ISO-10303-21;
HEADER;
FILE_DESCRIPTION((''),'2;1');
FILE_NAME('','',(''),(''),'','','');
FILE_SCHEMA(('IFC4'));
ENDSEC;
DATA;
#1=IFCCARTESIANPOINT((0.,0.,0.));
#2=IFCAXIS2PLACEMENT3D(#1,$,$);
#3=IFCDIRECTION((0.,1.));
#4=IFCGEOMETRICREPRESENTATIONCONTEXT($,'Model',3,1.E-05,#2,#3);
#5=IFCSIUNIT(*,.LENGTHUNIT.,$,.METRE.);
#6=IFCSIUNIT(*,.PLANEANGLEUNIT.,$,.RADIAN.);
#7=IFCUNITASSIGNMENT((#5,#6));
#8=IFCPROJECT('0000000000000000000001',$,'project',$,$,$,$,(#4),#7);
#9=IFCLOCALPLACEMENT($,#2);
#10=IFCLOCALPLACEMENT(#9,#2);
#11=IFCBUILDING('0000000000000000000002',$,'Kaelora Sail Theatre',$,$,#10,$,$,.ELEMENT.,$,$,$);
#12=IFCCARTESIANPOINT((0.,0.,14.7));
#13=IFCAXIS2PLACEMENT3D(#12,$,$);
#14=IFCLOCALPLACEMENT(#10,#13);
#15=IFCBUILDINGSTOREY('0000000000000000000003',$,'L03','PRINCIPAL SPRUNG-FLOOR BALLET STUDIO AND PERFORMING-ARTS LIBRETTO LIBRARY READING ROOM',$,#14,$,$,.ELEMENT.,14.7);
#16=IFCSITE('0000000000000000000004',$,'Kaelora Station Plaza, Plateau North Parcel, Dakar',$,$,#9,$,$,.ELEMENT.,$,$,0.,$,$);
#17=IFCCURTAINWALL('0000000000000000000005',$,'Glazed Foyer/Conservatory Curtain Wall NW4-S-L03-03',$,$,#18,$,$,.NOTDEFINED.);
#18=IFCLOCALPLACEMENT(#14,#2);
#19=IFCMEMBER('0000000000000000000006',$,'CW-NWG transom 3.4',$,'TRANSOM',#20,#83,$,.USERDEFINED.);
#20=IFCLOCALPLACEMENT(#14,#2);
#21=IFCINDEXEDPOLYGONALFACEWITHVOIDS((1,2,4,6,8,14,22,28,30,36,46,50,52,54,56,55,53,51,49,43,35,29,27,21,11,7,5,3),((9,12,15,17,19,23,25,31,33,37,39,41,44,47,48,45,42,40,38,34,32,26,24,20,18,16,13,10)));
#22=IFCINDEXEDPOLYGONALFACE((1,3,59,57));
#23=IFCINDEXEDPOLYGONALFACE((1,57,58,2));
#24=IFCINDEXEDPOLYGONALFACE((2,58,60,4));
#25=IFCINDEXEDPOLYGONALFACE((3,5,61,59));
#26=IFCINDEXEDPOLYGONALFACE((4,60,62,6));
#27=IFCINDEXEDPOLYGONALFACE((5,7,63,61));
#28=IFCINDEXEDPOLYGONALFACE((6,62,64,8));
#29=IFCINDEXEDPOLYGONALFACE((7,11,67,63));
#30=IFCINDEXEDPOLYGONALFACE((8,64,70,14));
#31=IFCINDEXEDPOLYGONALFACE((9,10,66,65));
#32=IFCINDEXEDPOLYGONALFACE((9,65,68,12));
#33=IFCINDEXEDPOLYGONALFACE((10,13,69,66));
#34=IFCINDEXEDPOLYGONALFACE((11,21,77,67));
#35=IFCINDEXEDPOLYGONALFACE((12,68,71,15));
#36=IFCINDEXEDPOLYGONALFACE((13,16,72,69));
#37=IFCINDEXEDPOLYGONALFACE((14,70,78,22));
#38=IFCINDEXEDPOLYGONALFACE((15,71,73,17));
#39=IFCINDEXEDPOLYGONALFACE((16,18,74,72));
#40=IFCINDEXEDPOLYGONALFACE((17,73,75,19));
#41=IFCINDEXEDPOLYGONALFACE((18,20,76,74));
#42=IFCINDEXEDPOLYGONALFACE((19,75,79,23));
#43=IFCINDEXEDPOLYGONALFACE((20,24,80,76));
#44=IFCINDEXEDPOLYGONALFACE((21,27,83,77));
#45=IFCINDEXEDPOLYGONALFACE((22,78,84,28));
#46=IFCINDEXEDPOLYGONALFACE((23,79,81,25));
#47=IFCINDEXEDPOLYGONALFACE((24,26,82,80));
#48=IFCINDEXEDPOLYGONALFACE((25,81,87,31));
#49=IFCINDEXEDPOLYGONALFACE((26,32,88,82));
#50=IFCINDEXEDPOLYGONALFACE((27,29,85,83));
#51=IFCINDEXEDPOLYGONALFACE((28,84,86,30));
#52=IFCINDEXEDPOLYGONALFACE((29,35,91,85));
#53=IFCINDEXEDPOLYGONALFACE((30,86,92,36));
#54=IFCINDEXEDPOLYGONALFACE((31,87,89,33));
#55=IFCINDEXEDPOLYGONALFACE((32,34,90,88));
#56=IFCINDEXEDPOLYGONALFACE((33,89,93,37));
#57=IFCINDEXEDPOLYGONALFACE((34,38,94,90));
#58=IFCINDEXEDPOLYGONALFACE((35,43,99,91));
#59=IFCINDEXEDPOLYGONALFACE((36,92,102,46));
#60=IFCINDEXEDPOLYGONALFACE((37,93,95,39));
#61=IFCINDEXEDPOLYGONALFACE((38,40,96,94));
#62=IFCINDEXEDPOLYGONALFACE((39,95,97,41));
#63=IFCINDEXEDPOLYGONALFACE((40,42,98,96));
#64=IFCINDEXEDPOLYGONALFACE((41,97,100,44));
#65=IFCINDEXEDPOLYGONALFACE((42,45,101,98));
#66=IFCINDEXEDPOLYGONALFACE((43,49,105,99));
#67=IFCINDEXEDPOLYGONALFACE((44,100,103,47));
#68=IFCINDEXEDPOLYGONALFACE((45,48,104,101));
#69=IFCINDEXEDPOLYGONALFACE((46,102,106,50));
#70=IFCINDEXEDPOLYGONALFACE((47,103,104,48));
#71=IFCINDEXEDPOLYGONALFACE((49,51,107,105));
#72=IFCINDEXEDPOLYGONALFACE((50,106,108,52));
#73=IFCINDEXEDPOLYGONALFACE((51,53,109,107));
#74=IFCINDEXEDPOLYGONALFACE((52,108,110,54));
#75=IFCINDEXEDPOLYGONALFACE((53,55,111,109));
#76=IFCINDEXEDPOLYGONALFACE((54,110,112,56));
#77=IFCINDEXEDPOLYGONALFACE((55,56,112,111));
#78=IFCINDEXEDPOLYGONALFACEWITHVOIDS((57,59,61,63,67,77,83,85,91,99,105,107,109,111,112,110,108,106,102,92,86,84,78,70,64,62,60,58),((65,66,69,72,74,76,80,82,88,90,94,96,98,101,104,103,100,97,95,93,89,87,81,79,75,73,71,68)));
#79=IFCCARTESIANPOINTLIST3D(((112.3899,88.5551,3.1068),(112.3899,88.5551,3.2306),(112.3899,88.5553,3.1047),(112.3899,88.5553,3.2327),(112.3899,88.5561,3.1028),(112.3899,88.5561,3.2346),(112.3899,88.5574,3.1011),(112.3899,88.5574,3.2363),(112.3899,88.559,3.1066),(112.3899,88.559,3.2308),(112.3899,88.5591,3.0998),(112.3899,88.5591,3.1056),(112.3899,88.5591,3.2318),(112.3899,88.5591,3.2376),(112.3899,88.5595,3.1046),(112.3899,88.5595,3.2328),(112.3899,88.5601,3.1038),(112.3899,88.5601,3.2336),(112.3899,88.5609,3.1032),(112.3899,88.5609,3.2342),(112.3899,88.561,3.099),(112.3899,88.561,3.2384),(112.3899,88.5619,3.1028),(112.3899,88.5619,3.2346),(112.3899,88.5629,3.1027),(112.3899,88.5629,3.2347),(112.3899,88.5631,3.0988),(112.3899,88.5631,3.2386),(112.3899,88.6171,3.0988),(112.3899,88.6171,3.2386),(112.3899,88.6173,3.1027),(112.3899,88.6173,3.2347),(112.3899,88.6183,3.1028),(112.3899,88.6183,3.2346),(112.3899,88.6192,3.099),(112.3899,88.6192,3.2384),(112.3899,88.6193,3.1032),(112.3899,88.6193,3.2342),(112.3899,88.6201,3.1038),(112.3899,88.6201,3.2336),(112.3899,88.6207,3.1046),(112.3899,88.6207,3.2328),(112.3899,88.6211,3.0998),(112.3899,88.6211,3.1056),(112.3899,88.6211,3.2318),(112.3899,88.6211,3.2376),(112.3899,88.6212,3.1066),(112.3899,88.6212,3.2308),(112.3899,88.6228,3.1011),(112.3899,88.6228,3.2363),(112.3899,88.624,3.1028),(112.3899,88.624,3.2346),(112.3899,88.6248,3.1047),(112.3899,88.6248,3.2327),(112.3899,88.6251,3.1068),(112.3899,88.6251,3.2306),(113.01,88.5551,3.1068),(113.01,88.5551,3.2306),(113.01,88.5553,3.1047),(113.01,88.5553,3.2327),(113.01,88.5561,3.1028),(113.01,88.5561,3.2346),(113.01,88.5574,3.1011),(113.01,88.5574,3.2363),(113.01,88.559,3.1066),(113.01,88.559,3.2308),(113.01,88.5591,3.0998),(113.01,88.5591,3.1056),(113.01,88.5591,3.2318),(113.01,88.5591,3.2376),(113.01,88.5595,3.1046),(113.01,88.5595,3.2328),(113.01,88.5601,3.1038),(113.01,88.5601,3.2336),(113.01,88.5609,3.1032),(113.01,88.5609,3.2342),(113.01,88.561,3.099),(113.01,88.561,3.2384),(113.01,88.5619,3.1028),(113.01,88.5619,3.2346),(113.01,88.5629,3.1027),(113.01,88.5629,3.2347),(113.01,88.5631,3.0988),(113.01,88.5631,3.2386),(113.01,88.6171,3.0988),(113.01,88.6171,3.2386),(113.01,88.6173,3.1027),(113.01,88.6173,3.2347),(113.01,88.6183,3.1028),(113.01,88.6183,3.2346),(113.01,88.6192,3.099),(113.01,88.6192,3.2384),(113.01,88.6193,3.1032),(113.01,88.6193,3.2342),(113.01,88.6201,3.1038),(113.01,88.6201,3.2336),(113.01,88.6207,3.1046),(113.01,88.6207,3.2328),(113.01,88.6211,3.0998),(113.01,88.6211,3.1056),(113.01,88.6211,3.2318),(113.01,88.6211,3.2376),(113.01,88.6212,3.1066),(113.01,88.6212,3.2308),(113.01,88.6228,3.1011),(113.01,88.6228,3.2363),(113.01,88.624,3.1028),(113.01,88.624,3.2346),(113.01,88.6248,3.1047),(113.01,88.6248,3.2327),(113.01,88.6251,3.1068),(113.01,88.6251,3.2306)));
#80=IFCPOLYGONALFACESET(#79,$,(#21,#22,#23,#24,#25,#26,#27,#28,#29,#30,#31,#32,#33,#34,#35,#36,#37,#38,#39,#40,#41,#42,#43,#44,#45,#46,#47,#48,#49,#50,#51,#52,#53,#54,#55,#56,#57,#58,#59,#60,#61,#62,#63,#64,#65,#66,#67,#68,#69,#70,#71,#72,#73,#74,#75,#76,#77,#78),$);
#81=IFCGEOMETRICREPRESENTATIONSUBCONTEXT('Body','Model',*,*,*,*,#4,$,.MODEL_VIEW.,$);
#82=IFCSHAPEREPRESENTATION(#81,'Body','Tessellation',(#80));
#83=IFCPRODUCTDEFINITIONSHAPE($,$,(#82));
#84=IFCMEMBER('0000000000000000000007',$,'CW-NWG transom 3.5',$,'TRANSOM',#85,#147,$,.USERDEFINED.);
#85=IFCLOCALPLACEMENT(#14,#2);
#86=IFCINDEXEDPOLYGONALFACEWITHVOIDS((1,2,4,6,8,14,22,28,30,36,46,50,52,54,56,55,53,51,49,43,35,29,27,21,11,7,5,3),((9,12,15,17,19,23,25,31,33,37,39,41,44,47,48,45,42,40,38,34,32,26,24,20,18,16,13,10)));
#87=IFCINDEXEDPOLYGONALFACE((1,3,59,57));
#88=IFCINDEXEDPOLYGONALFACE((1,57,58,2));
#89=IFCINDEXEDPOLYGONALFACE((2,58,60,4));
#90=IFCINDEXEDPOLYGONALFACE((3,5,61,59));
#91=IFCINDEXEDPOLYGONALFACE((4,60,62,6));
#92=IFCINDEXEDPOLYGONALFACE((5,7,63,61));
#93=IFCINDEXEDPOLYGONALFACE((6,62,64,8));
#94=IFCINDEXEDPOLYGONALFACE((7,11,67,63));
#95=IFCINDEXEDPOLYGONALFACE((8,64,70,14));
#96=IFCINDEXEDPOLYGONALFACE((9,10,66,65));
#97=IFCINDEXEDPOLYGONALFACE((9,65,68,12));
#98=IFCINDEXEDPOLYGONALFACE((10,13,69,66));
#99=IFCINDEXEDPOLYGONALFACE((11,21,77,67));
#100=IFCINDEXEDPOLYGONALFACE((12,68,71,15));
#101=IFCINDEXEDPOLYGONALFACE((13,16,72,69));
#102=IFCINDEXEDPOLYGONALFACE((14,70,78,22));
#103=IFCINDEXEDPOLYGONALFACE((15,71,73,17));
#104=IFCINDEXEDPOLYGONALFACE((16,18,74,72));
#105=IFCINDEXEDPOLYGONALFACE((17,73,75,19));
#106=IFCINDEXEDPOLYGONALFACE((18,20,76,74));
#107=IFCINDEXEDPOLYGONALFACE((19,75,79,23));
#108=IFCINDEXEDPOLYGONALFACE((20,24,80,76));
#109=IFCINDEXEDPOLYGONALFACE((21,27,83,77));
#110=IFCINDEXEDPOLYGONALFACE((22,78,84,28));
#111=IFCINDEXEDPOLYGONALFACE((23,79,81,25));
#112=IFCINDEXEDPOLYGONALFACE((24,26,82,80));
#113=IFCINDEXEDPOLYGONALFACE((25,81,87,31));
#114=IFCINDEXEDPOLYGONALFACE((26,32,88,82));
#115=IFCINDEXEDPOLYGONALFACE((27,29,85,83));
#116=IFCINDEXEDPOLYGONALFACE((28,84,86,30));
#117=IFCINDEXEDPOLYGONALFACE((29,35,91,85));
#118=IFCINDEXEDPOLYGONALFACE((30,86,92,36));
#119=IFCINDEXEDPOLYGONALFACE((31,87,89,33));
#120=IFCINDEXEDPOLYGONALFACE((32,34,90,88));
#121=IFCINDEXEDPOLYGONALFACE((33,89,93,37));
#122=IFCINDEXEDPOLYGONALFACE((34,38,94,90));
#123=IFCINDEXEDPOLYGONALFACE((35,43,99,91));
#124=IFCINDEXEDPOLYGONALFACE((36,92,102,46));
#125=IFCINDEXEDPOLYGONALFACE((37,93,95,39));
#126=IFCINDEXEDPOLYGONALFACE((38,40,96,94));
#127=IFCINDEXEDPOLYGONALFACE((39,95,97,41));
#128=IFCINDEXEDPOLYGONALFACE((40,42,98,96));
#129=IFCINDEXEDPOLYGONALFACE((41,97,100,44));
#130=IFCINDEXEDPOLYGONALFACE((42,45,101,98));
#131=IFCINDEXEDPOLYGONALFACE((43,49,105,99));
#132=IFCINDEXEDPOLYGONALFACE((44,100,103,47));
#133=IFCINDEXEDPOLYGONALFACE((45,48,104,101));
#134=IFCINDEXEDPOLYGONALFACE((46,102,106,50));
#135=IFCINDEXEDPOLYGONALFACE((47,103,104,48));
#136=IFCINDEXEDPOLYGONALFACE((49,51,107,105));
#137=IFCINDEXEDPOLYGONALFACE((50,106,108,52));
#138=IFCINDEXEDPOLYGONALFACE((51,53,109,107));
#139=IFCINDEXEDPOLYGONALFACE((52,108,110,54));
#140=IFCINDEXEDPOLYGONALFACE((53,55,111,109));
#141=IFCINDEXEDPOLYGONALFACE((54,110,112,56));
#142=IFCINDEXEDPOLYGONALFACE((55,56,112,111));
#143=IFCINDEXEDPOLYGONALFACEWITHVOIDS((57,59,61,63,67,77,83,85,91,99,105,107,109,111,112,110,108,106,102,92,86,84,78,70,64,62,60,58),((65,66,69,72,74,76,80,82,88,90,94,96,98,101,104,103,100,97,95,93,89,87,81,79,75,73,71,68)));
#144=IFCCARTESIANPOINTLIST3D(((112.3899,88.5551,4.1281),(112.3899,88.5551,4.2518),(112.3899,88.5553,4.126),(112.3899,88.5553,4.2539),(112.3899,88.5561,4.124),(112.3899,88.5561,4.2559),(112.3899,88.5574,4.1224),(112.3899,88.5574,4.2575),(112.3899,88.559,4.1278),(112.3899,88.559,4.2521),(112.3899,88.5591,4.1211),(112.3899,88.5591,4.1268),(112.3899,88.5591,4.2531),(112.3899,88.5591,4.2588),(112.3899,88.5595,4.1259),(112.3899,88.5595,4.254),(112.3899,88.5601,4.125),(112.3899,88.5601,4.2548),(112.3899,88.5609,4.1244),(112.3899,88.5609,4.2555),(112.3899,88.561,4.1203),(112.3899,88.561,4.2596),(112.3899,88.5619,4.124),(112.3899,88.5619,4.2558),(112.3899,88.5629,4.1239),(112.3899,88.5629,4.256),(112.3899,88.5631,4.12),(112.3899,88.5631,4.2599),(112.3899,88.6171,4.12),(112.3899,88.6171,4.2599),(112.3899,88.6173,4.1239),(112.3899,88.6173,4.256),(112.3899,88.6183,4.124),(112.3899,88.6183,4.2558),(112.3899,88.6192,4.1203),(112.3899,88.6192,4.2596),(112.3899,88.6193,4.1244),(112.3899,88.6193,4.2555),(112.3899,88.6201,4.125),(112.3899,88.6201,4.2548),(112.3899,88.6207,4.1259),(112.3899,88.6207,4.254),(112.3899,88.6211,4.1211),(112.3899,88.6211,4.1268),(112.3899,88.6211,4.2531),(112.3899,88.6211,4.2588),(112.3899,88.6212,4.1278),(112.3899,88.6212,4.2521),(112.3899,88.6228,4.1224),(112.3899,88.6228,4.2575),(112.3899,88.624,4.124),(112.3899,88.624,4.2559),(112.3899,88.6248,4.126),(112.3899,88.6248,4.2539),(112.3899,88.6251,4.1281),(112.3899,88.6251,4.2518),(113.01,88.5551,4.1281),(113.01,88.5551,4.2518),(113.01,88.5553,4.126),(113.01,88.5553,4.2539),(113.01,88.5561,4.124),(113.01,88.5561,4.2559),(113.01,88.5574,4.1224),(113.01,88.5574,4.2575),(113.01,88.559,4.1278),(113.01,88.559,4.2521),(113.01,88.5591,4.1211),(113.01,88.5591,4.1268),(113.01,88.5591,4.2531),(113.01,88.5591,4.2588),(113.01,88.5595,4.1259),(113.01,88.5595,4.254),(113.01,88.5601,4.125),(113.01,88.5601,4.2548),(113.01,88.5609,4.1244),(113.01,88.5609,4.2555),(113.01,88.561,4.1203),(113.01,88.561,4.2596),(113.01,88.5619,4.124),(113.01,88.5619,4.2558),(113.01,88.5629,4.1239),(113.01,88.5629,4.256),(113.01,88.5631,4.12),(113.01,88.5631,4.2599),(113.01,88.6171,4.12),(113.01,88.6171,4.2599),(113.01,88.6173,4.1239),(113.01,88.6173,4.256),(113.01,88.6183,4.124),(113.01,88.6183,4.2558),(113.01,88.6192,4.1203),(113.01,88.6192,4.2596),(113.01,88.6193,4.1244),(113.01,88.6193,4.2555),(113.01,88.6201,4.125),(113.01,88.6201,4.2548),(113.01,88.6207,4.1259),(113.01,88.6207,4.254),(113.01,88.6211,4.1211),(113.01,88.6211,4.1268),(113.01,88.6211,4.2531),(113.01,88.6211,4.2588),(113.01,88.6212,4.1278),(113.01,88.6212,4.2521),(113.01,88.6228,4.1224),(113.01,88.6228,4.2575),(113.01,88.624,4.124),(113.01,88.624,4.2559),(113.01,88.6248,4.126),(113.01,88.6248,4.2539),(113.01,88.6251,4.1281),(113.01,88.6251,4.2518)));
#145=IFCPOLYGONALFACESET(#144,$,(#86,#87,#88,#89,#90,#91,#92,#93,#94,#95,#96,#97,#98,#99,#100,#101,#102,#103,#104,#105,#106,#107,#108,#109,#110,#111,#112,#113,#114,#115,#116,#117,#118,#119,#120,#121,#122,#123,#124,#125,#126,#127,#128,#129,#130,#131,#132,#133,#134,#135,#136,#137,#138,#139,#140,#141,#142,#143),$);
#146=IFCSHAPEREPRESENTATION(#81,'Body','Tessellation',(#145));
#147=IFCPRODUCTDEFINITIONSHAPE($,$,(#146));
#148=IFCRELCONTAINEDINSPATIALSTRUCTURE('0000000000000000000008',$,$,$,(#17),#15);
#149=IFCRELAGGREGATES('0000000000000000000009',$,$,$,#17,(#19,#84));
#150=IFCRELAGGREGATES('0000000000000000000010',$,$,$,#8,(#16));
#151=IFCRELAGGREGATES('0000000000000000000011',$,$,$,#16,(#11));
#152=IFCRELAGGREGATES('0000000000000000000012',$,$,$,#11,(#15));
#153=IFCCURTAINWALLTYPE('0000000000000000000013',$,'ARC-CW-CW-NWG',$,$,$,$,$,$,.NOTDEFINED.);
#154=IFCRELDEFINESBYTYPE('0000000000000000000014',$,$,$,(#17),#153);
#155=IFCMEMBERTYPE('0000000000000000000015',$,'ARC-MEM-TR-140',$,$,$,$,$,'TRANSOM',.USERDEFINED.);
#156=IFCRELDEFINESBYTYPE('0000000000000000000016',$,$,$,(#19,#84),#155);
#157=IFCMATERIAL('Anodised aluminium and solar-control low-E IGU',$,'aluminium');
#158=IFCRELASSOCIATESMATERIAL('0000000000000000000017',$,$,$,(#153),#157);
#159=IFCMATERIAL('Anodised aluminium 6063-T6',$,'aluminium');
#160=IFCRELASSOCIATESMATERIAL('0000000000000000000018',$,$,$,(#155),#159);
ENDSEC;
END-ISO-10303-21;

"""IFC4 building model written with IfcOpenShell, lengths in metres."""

from ifc_helpers import new_model, si_unit, direction, frame, origin, origin_2d, place, context, subcontext, project, spatial, hollow_rectangle, extrude, material, material_profile, profile_set, type_object, element, aggregate, save


model = new_model("IFC4")

# Units and contexts
model_context = context("Model", 3, precision=1e-05, world=origin(), true_north=direction((0.0, 1.0)))
body_context = subcontext(model_context, "Body", "Model", "MODEL_VIEW")
ifc_project = project(units=[si_unit("LENGTHUNIT", "METRE"), si_unit("PLANEANGLEUNIT", "RADIAN")], contexts=[model_context])

# Site, building, storey
site_placement = place(None, origin())
site = spatial("IfcSite", under=ifc_project, at=site_placement, Name="Kaelora Station Plaza, Plateau North Parcel, Dakar", CompositionType="ELEMENT", RefElevation=0.0)
building_placement = place(site_placement, origin())
building = spatial("IfcBuilding", under=site, at=building_placement, Name="Kaelora Sail Theatre", CompositionType="ELEMENT")
storey_placement = place(building_placement, frame((0.0, 0.0, 14.7)))
storey = spatial("IfcBuildingStorey", under=building, at=storey_placement, Name="L03", Description="PRINCIPAL SPRUNG-FLOOR BALLET STUDIO AND PERFORMING-ARTS LIBRETTO LIBRARY READING ROOM", CompositionType="ELEMENT", Elevation=14.7)

# Curtain wall, members
ifc_material_1 = material(Name="Anodised aluminium and solar-control low-E IGU", Category="aluminium")
curtain_wall_type = type_object("IfcCurtainWallType", Name="ARC-CW-CW-NWG", PredefinedType="NOTDEFINED", material=ifc_material_1)
ifc_material_2 = material(Name="Anodised aluminium 6063-T6", Category="aluminium")
ifc_material_profile = material_profile(ifc_material_2, hollow_rectangle(XDim=0.0701, YDim=0.1399, WallThickness=0.0039, InnerFilletRadius=0.0039, OuterFilletRadius=0.0081, at=origin_2d()), Name="ALU-TRAN 70x140x4")
ifc_profile_set = profile_set([ifc_material_profile], Name="Anodised aluminium 6063-T6")
member_type = type_object("IfcMemberType", Name="ARC-MEM-TR-140", ElementType="TRANSOM", PredefinedType="USERDEFINED", material=ifc_profile_set)
curtain_wall_1_placement = place(storey_placement, origin())
curtain_wall_1 = element("IfcCurtainWall", 1, at=curtain_wall_1_placement, inside=storey, type_object=curtain_wall_type, Name="Glazed Foyer/Conservatory Curtain Wall NW4-S-L03-03", PredefinedType="NOTDEFINED")
member_1_placement = place(storey_placement, frame((112.3899, 88.5901, 3.1687), z_axis=(1.0, 0.0, 0.0), x_axis=(0.0, 1.0, 0.0)))
member_1 = element("IfcMember", 2, at=member_1_placement, type_object=member_type, Name="CW-NWG transom 3.4", ObjectType="TRANSOM", PredefinedType="USERDEFINED", context=body_context, shape_type="SweptSolid", body=[
    extrude(hollow_rectangle(XDim=0.0701, YDim=0.1399, WallThickness=0.0039, InnerFilletRadius=0.0039, OuterFilletRadius=0.0081, at=origin_2d()), origin(), (0.0, 0.0, 1.0), 0.6201),
])
member_2_placement = place(storey_placement, frame((112.3899, 88.5901, 4.1899), z_axis=(1.0, 0.0, 0.0), x_axis=(0.0, 1.0, 0.0)))
member_2 = element("IfcMember", 3, at=member_2_placement, type_object=member_type, Name="CW-NWG transom 3.5", ObjectType="TRANSOM", PredefinedType="USERDEFINED", context=body_context, shape_type="SweptSolid", body=[
    extrude(hollow_rectangle(XDim=0.0701, YDim=0.1399, WallThickness=0.0039, InnerFilletRadius=0.0039, OuterFilletRadius=0.0081, at=origin_2d()), origin(), (0.0, 0.0, 1.0), 0.6201),
])

aggregate(curtain_wall_1, [member_1, member_2])

save(model, "model.ifc")
